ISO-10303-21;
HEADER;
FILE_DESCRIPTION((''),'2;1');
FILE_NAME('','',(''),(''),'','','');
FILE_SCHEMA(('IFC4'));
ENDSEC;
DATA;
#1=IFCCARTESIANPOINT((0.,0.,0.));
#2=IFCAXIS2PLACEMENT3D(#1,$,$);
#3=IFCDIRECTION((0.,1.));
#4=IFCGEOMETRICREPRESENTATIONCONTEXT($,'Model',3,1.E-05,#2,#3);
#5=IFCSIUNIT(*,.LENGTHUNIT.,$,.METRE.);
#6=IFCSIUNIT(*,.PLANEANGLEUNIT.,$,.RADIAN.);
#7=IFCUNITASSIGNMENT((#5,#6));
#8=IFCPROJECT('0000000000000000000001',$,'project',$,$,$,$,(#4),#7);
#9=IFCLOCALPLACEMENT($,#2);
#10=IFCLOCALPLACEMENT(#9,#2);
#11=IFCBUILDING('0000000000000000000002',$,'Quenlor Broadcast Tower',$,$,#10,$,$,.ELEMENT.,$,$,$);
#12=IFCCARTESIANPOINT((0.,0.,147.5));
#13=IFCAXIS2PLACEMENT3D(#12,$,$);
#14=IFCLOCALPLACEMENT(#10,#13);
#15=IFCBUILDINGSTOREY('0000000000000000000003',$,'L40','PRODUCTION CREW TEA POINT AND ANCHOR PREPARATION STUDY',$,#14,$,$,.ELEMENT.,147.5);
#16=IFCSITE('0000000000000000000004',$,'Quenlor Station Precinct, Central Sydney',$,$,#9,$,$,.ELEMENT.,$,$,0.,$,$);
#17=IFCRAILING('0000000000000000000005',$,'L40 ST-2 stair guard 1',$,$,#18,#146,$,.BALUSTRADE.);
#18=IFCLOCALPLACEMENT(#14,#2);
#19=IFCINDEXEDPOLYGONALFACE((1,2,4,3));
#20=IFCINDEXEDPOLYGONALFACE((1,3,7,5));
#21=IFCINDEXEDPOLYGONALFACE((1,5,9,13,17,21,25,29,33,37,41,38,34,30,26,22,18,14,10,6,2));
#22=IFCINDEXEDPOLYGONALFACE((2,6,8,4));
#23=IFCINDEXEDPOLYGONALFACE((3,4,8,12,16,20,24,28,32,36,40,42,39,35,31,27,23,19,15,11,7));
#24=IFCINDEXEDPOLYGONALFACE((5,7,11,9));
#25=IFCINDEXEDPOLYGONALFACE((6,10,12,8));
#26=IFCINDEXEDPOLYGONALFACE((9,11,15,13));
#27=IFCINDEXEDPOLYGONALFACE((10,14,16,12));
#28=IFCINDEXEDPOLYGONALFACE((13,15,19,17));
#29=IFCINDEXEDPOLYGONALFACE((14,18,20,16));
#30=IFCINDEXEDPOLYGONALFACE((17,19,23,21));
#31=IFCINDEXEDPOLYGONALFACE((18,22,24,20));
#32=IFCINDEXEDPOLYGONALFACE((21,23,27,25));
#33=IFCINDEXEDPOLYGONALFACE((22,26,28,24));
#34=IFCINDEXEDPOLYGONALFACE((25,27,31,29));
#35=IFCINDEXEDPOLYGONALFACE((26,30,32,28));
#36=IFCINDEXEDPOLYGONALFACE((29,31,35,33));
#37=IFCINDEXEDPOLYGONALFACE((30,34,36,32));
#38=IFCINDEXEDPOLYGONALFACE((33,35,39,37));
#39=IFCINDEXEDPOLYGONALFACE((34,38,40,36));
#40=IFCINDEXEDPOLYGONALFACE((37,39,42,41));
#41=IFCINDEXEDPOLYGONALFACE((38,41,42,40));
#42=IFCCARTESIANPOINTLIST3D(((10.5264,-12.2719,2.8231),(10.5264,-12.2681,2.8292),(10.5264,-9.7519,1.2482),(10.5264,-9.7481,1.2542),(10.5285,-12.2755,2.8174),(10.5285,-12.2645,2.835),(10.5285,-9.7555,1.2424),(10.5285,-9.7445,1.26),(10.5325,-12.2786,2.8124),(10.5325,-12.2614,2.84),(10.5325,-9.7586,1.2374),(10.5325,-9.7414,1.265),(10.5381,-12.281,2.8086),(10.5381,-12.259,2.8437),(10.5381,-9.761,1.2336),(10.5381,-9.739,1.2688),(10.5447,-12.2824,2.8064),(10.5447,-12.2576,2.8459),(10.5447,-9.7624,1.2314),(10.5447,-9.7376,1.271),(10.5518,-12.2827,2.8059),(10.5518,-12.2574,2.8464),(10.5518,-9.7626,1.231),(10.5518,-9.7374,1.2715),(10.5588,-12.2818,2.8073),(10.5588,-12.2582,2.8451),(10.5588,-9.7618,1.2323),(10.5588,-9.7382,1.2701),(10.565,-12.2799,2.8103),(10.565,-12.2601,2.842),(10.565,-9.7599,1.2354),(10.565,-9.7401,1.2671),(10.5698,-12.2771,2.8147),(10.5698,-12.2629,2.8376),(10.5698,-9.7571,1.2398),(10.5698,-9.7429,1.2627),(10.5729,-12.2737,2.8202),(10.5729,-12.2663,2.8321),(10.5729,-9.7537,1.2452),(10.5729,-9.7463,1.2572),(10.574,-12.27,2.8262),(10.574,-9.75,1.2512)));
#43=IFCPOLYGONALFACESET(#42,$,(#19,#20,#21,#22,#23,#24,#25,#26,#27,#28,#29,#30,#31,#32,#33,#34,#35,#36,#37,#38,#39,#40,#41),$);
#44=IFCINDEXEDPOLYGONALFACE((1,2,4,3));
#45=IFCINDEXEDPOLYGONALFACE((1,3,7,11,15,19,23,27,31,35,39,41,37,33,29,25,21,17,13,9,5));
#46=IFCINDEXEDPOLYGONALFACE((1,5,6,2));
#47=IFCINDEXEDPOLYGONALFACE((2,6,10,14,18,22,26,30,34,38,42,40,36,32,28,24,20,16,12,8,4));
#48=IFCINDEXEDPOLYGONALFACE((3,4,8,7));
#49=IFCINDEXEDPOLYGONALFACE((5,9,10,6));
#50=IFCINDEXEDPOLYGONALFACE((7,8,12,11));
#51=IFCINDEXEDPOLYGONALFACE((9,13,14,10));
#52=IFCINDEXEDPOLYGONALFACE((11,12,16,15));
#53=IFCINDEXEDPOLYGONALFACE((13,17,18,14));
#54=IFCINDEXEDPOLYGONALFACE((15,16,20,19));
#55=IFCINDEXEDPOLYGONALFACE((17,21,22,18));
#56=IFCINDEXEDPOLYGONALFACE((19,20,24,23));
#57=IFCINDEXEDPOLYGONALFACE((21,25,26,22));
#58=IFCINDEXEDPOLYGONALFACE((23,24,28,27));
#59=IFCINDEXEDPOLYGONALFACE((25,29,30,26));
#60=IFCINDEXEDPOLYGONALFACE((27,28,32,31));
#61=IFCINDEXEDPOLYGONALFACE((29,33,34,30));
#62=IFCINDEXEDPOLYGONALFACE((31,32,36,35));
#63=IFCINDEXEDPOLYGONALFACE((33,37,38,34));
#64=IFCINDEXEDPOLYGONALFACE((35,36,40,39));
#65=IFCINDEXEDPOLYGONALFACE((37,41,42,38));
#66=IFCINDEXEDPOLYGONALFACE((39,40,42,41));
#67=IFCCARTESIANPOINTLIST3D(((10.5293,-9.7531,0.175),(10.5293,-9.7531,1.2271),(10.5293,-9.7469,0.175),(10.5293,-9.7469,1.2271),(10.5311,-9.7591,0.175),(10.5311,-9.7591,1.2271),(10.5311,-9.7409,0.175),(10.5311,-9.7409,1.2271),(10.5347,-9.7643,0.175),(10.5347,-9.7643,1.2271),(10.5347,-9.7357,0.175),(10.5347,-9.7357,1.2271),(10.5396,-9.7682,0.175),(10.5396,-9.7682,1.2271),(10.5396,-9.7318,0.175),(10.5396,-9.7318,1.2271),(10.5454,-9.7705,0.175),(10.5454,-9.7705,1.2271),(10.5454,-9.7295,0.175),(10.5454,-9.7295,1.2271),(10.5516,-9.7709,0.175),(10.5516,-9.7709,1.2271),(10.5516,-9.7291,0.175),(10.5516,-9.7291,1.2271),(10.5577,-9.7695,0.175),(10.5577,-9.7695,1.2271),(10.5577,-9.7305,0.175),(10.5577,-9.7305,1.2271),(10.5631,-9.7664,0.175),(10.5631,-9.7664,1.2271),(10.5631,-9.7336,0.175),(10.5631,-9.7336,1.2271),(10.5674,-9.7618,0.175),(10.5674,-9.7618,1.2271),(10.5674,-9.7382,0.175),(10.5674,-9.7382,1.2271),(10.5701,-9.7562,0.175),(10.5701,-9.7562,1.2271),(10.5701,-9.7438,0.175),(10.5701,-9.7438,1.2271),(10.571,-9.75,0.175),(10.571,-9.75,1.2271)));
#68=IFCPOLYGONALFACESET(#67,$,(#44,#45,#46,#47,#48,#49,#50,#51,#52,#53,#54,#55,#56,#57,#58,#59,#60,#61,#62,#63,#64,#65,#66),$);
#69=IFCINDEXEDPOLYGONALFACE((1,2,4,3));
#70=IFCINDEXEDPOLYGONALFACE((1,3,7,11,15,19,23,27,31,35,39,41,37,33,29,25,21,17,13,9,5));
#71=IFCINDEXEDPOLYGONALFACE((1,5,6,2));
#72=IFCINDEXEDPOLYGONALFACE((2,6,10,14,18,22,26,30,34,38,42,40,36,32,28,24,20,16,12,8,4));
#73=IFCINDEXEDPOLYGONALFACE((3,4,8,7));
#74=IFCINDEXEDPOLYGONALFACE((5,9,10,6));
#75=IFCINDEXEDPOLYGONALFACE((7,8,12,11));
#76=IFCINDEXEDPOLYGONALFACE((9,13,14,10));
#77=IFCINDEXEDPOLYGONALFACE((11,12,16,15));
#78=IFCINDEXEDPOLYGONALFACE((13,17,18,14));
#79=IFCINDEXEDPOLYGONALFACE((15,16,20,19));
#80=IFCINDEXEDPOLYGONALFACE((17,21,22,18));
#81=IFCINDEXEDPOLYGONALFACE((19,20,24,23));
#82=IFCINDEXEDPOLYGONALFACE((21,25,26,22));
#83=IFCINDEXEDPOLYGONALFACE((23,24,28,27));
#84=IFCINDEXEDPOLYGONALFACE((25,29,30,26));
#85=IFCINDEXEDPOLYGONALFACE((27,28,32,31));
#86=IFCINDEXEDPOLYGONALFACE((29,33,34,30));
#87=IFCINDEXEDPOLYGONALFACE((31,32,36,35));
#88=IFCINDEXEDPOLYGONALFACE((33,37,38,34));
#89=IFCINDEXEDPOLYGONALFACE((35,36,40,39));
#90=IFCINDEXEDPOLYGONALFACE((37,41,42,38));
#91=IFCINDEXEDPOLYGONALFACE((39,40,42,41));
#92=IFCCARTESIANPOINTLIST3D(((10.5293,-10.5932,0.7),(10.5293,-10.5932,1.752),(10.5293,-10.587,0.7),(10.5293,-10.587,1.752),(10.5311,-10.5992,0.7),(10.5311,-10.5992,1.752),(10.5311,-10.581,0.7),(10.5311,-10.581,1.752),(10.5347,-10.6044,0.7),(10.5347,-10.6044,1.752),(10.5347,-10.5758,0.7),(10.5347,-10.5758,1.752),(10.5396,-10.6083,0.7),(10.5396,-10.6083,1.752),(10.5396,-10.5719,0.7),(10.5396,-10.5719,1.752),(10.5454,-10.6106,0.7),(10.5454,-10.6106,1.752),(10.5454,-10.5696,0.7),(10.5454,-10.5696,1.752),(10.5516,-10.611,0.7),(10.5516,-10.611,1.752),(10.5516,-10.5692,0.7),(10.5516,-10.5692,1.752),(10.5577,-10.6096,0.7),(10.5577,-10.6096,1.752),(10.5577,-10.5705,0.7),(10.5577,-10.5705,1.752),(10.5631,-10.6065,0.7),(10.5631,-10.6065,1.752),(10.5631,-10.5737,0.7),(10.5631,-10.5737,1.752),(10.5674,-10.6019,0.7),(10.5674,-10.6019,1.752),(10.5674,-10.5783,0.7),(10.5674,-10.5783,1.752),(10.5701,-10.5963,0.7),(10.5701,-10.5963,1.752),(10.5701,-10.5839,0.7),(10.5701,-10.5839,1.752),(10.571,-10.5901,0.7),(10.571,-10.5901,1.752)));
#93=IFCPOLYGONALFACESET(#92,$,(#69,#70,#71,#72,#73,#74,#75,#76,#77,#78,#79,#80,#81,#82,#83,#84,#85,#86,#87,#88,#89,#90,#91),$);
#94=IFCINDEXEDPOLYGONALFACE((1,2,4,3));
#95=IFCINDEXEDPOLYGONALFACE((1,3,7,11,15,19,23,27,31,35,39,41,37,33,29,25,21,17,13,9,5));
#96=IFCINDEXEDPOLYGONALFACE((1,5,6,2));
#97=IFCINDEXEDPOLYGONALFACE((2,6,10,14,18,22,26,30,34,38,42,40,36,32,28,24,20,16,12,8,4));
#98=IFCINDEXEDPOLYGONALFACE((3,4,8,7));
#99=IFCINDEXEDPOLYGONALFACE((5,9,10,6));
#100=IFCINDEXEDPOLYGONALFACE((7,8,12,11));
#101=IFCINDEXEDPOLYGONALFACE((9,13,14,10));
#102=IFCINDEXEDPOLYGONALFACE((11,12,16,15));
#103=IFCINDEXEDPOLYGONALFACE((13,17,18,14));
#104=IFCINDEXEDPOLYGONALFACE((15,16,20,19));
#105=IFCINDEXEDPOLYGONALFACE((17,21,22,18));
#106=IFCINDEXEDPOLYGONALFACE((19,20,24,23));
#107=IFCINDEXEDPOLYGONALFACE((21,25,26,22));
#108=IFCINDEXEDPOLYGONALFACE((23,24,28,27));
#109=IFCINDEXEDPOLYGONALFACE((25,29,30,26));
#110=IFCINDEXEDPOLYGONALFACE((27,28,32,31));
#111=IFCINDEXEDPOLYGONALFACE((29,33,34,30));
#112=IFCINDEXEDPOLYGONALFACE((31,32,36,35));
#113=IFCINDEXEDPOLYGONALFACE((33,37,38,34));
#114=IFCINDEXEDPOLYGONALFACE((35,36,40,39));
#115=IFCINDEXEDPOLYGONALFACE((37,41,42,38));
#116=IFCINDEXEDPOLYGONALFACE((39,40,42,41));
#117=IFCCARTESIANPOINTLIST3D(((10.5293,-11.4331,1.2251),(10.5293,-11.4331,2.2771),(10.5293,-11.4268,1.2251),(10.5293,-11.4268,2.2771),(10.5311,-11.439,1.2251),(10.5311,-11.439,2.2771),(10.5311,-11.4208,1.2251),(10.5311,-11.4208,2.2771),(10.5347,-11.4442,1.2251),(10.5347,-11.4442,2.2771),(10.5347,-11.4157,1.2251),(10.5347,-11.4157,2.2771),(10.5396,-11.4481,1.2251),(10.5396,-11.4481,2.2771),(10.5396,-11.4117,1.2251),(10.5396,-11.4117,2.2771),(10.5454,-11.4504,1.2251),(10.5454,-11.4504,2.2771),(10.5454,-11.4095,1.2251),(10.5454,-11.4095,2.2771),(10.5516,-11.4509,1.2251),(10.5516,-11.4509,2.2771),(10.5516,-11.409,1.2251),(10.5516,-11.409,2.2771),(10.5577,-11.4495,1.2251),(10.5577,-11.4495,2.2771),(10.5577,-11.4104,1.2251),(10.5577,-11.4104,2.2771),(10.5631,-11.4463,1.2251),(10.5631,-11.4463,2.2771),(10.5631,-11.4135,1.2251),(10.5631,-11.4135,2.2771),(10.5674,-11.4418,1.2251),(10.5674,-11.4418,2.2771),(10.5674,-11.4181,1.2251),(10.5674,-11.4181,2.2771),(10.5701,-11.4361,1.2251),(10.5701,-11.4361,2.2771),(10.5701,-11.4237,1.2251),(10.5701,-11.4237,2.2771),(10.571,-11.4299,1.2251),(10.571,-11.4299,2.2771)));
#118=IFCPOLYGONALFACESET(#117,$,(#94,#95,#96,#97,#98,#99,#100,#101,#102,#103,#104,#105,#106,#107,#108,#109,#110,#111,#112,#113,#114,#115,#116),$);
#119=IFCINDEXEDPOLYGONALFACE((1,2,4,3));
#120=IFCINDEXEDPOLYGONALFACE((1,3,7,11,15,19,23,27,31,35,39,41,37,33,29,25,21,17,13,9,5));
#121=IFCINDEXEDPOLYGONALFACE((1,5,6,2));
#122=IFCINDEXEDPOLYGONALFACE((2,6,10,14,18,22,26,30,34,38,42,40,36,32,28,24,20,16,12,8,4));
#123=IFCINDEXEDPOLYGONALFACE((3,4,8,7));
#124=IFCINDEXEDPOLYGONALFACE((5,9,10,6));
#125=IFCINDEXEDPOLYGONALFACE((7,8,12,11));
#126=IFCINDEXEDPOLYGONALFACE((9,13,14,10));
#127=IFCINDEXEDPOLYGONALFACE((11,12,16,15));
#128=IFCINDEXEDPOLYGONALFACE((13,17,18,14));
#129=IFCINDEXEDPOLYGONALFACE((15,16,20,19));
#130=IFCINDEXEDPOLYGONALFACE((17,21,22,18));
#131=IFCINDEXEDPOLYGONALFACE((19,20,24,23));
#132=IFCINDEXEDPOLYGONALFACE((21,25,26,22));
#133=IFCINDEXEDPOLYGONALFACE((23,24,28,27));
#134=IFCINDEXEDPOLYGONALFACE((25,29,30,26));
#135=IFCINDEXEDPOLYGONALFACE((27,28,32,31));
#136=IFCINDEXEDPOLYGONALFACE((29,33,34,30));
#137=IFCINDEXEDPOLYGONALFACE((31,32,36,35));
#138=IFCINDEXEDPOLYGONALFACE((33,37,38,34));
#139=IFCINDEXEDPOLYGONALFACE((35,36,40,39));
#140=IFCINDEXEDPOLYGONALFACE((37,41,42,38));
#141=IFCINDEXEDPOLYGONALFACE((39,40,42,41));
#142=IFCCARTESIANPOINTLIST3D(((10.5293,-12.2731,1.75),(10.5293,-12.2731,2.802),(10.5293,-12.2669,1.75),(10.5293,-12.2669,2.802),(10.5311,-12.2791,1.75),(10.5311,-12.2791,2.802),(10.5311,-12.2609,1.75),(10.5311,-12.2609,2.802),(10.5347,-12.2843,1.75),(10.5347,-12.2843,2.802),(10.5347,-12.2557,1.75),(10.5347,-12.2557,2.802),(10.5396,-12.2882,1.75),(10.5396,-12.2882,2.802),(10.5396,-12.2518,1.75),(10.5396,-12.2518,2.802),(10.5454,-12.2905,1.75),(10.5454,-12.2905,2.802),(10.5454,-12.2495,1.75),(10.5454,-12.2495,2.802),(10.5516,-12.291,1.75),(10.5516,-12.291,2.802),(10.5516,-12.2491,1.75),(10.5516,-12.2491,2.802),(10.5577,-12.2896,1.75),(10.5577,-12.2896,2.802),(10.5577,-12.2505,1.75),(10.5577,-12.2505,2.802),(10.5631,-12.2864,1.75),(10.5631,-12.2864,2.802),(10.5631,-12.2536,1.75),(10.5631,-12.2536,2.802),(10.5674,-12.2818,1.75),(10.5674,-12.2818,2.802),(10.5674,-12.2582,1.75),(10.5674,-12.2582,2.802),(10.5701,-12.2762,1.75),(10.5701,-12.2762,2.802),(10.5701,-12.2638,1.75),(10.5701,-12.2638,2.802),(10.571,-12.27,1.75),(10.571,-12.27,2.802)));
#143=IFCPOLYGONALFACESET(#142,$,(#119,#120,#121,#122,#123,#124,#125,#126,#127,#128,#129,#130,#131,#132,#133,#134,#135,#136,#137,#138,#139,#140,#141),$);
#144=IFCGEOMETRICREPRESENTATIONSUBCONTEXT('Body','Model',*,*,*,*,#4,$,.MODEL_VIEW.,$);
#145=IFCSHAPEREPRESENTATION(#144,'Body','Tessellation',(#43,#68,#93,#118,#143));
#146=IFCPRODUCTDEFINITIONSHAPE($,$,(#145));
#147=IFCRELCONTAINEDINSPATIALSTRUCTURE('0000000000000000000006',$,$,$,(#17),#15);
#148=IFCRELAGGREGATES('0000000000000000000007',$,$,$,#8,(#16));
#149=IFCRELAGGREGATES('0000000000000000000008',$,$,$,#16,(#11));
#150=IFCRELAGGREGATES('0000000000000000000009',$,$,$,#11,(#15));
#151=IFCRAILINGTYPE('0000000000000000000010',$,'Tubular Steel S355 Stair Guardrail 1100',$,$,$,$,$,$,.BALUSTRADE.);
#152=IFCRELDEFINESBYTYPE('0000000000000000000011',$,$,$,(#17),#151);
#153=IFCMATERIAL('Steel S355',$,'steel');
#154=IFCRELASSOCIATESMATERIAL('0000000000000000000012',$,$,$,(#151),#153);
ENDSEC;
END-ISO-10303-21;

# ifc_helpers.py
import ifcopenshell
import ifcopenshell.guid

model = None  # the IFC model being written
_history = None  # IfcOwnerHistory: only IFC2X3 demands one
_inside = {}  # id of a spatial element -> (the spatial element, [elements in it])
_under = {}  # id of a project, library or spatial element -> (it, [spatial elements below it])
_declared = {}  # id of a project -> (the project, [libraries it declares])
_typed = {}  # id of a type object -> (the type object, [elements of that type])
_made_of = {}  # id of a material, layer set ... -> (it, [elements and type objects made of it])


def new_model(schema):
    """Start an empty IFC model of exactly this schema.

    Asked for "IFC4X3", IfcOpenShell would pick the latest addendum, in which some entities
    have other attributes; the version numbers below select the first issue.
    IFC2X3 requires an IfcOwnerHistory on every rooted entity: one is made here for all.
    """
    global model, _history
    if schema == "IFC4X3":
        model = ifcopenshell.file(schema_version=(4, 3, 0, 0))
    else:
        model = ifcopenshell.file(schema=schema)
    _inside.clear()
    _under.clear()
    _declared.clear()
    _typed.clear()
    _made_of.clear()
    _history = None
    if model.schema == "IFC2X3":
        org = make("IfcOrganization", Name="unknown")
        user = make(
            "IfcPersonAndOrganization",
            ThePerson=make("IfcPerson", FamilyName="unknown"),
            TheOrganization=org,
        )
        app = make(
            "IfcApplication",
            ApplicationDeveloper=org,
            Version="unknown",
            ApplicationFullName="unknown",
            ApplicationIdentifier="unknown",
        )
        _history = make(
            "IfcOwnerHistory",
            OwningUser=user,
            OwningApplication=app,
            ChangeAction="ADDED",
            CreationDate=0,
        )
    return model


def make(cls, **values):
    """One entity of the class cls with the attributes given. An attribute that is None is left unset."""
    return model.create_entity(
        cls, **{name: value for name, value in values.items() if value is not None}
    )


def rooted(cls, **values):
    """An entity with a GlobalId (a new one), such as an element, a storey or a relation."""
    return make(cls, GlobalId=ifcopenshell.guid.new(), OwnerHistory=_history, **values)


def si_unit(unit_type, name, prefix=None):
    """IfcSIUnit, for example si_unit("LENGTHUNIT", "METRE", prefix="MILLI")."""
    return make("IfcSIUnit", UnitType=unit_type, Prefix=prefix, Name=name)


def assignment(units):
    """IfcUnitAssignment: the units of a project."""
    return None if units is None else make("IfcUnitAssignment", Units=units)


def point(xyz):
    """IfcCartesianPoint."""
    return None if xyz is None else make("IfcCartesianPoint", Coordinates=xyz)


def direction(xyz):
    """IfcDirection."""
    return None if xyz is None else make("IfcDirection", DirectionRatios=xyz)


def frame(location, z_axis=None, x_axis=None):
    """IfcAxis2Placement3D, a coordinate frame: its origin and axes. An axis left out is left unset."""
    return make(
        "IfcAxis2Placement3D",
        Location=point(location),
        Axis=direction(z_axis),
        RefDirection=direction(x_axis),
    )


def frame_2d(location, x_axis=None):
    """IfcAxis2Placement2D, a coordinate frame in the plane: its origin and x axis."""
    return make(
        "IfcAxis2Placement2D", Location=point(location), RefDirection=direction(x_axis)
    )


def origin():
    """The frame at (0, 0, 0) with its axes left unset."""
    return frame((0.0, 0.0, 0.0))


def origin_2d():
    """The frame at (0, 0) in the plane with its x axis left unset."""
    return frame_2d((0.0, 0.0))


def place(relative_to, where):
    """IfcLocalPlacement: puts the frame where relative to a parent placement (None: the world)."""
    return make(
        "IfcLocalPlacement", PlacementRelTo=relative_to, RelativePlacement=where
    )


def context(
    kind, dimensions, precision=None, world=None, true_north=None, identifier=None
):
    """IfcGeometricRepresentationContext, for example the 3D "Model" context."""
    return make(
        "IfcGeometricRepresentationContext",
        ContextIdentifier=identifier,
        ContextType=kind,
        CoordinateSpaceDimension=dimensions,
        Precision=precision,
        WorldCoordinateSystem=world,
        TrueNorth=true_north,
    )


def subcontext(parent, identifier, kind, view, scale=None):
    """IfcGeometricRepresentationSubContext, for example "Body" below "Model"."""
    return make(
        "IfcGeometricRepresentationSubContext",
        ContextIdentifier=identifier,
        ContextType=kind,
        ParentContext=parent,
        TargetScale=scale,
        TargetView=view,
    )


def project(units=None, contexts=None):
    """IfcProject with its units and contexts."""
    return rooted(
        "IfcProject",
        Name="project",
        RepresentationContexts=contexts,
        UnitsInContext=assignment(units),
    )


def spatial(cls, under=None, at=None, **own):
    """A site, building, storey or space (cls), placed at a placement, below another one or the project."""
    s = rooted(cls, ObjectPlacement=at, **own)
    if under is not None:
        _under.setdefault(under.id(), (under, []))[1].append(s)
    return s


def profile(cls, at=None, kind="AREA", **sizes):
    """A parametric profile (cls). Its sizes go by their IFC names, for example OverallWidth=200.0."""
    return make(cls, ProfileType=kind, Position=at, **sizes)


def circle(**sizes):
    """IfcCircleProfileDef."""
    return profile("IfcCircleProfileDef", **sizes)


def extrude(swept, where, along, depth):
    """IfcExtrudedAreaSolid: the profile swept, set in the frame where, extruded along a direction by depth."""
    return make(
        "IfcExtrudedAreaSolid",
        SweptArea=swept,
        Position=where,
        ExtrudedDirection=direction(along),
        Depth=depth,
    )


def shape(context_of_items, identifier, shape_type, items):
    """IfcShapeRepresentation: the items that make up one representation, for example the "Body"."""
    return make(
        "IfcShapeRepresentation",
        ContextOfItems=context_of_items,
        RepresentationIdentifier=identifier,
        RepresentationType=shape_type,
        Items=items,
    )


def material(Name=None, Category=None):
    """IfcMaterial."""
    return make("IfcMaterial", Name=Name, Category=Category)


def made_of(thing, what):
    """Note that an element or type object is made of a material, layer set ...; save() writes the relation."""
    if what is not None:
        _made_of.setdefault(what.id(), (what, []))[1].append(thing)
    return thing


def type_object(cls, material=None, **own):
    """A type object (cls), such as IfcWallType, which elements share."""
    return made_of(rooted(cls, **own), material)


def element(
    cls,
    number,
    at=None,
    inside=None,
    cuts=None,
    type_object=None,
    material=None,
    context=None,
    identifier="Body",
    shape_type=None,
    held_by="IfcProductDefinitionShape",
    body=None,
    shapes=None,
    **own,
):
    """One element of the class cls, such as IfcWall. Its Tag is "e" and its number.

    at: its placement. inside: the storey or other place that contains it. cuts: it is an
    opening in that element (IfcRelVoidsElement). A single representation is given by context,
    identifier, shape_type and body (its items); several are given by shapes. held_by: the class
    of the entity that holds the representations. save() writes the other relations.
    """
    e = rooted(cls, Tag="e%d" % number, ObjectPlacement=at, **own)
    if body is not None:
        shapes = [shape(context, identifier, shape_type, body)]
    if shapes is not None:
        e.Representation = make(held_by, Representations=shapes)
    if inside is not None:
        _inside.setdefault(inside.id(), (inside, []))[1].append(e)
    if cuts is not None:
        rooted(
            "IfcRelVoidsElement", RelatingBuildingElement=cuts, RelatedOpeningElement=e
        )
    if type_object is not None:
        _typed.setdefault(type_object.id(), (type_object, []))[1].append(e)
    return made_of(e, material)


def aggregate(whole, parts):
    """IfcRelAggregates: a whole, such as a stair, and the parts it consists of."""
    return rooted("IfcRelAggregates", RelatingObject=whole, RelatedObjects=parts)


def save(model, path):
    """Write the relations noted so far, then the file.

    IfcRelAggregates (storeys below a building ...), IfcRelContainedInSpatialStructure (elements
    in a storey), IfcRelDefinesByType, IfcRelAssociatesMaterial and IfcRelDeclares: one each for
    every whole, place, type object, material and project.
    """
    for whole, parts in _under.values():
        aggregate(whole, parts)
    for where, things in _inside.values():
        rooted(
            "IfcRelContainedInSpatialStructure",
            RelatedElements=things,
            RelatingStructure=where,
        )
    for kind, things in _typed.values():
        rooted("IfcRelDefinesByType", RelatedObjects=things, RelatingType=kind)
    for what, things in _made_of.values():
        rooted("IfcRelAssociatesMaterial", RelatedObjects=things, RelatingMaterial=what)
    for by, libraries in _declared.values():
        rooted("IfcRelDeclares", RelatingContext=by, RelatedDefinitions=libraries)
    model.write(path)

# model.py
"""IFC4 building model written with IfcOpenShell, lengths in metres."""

from ifc_helpers import new_model, si_unit, direction, frame, origin, origin_2d, place, context, subcontext, project, spatial, circle, extrude, material, type_object, element, save


model = new_model("IFC4")

# Units and contexts
model_context = context("Model", 3, precision=1e-05, world=origin(), true_north=direction((0.0, 1.0)))
body_context = subcontext(model_context, "Body", "Model", "MODEL_VIEW")
ifc_project = project(units=[si_unit("LENGTHUNIT", "METRE"), si_unit("PLANEANGLEUNIT", "RADIAN")], contexts=[model_context])

# Site, building, storey
site_placement = place(None, origin())
site = spatial("IfcSite", under=ifc_project, at=site_placement, Name="Quenlor Station Precinct, Central Sydney", CompositionType="ELEMENT", RefElevation=0.0)
building_placement = place(site_placement, origin())
building = spatial("IfcBuilding", under=site, at=building_placement, Name="Quenlor Broadcast Tower", CompositionType="ELEMENT")
storey_placement = place(building_placement, frame((0.0, 0.0, 147.5)))
storey = spatial("IfcBuildingStorey", under=building, at=storey_placement, Name="L40", Description="PRODUCTION CREW TEA POINT AND ANCHOR PREPARATION STUDY", CompositionType="ELEMENT", Elevation=147.5)

# Railing
ifc_material_1 = material(Name="Steel S355", Category="steel")
railing_type_1 = type_object("IfcRailingType", Name="Tubular Steel S355 Stair Guardrail 1100", PredefinedType="BALUSTRADE", material=ifc_material_1)
railing_1_placement = place(storey_placement, frame((10.55, -9.75, 0.175)))
element("IfcRailing", 1, at=railing_1_placement, inside=storey, type_object=railing_type_1, Name="L40 ST-2 stair guard 1", PredefinedType="BALUSTRADE", context=body_context, shape_type="SweptSolid", body=[
    extrude(circle(Radius=0.0239, at=origin_2d()), frame((0.0, 0.0, 1.0762), z_axis=(0.0, -0.848008, 0.529984), x_axis=(1.0, 0.0, 0.0)), (0.0, 0.0, 1.0), 2.9717),
    extrude(circle(Radius=0.021, at=origin_2d()), origin(), (0.0, 0.0, 1.0), 1.052),
    extrude(circle(Radius=0.021, at=origin_2d()), frame((0.0, -0.8401, 0.5249)), (0.0, 0.0, 1.0), 1.052),
    extrude(circle(Radius=0.021, at=origin_2d()), frame((0.0, -1.6799, 1.05)), (0.0, 0.0, 1.0), 1.052),
    extrude(circle(Radius=0.021, at=origin_2d()), frame((0.0, -2.52, 1.575)), (0.0, 0.0, 1.0), 1.052),
])

save(model, "model.ifc")
